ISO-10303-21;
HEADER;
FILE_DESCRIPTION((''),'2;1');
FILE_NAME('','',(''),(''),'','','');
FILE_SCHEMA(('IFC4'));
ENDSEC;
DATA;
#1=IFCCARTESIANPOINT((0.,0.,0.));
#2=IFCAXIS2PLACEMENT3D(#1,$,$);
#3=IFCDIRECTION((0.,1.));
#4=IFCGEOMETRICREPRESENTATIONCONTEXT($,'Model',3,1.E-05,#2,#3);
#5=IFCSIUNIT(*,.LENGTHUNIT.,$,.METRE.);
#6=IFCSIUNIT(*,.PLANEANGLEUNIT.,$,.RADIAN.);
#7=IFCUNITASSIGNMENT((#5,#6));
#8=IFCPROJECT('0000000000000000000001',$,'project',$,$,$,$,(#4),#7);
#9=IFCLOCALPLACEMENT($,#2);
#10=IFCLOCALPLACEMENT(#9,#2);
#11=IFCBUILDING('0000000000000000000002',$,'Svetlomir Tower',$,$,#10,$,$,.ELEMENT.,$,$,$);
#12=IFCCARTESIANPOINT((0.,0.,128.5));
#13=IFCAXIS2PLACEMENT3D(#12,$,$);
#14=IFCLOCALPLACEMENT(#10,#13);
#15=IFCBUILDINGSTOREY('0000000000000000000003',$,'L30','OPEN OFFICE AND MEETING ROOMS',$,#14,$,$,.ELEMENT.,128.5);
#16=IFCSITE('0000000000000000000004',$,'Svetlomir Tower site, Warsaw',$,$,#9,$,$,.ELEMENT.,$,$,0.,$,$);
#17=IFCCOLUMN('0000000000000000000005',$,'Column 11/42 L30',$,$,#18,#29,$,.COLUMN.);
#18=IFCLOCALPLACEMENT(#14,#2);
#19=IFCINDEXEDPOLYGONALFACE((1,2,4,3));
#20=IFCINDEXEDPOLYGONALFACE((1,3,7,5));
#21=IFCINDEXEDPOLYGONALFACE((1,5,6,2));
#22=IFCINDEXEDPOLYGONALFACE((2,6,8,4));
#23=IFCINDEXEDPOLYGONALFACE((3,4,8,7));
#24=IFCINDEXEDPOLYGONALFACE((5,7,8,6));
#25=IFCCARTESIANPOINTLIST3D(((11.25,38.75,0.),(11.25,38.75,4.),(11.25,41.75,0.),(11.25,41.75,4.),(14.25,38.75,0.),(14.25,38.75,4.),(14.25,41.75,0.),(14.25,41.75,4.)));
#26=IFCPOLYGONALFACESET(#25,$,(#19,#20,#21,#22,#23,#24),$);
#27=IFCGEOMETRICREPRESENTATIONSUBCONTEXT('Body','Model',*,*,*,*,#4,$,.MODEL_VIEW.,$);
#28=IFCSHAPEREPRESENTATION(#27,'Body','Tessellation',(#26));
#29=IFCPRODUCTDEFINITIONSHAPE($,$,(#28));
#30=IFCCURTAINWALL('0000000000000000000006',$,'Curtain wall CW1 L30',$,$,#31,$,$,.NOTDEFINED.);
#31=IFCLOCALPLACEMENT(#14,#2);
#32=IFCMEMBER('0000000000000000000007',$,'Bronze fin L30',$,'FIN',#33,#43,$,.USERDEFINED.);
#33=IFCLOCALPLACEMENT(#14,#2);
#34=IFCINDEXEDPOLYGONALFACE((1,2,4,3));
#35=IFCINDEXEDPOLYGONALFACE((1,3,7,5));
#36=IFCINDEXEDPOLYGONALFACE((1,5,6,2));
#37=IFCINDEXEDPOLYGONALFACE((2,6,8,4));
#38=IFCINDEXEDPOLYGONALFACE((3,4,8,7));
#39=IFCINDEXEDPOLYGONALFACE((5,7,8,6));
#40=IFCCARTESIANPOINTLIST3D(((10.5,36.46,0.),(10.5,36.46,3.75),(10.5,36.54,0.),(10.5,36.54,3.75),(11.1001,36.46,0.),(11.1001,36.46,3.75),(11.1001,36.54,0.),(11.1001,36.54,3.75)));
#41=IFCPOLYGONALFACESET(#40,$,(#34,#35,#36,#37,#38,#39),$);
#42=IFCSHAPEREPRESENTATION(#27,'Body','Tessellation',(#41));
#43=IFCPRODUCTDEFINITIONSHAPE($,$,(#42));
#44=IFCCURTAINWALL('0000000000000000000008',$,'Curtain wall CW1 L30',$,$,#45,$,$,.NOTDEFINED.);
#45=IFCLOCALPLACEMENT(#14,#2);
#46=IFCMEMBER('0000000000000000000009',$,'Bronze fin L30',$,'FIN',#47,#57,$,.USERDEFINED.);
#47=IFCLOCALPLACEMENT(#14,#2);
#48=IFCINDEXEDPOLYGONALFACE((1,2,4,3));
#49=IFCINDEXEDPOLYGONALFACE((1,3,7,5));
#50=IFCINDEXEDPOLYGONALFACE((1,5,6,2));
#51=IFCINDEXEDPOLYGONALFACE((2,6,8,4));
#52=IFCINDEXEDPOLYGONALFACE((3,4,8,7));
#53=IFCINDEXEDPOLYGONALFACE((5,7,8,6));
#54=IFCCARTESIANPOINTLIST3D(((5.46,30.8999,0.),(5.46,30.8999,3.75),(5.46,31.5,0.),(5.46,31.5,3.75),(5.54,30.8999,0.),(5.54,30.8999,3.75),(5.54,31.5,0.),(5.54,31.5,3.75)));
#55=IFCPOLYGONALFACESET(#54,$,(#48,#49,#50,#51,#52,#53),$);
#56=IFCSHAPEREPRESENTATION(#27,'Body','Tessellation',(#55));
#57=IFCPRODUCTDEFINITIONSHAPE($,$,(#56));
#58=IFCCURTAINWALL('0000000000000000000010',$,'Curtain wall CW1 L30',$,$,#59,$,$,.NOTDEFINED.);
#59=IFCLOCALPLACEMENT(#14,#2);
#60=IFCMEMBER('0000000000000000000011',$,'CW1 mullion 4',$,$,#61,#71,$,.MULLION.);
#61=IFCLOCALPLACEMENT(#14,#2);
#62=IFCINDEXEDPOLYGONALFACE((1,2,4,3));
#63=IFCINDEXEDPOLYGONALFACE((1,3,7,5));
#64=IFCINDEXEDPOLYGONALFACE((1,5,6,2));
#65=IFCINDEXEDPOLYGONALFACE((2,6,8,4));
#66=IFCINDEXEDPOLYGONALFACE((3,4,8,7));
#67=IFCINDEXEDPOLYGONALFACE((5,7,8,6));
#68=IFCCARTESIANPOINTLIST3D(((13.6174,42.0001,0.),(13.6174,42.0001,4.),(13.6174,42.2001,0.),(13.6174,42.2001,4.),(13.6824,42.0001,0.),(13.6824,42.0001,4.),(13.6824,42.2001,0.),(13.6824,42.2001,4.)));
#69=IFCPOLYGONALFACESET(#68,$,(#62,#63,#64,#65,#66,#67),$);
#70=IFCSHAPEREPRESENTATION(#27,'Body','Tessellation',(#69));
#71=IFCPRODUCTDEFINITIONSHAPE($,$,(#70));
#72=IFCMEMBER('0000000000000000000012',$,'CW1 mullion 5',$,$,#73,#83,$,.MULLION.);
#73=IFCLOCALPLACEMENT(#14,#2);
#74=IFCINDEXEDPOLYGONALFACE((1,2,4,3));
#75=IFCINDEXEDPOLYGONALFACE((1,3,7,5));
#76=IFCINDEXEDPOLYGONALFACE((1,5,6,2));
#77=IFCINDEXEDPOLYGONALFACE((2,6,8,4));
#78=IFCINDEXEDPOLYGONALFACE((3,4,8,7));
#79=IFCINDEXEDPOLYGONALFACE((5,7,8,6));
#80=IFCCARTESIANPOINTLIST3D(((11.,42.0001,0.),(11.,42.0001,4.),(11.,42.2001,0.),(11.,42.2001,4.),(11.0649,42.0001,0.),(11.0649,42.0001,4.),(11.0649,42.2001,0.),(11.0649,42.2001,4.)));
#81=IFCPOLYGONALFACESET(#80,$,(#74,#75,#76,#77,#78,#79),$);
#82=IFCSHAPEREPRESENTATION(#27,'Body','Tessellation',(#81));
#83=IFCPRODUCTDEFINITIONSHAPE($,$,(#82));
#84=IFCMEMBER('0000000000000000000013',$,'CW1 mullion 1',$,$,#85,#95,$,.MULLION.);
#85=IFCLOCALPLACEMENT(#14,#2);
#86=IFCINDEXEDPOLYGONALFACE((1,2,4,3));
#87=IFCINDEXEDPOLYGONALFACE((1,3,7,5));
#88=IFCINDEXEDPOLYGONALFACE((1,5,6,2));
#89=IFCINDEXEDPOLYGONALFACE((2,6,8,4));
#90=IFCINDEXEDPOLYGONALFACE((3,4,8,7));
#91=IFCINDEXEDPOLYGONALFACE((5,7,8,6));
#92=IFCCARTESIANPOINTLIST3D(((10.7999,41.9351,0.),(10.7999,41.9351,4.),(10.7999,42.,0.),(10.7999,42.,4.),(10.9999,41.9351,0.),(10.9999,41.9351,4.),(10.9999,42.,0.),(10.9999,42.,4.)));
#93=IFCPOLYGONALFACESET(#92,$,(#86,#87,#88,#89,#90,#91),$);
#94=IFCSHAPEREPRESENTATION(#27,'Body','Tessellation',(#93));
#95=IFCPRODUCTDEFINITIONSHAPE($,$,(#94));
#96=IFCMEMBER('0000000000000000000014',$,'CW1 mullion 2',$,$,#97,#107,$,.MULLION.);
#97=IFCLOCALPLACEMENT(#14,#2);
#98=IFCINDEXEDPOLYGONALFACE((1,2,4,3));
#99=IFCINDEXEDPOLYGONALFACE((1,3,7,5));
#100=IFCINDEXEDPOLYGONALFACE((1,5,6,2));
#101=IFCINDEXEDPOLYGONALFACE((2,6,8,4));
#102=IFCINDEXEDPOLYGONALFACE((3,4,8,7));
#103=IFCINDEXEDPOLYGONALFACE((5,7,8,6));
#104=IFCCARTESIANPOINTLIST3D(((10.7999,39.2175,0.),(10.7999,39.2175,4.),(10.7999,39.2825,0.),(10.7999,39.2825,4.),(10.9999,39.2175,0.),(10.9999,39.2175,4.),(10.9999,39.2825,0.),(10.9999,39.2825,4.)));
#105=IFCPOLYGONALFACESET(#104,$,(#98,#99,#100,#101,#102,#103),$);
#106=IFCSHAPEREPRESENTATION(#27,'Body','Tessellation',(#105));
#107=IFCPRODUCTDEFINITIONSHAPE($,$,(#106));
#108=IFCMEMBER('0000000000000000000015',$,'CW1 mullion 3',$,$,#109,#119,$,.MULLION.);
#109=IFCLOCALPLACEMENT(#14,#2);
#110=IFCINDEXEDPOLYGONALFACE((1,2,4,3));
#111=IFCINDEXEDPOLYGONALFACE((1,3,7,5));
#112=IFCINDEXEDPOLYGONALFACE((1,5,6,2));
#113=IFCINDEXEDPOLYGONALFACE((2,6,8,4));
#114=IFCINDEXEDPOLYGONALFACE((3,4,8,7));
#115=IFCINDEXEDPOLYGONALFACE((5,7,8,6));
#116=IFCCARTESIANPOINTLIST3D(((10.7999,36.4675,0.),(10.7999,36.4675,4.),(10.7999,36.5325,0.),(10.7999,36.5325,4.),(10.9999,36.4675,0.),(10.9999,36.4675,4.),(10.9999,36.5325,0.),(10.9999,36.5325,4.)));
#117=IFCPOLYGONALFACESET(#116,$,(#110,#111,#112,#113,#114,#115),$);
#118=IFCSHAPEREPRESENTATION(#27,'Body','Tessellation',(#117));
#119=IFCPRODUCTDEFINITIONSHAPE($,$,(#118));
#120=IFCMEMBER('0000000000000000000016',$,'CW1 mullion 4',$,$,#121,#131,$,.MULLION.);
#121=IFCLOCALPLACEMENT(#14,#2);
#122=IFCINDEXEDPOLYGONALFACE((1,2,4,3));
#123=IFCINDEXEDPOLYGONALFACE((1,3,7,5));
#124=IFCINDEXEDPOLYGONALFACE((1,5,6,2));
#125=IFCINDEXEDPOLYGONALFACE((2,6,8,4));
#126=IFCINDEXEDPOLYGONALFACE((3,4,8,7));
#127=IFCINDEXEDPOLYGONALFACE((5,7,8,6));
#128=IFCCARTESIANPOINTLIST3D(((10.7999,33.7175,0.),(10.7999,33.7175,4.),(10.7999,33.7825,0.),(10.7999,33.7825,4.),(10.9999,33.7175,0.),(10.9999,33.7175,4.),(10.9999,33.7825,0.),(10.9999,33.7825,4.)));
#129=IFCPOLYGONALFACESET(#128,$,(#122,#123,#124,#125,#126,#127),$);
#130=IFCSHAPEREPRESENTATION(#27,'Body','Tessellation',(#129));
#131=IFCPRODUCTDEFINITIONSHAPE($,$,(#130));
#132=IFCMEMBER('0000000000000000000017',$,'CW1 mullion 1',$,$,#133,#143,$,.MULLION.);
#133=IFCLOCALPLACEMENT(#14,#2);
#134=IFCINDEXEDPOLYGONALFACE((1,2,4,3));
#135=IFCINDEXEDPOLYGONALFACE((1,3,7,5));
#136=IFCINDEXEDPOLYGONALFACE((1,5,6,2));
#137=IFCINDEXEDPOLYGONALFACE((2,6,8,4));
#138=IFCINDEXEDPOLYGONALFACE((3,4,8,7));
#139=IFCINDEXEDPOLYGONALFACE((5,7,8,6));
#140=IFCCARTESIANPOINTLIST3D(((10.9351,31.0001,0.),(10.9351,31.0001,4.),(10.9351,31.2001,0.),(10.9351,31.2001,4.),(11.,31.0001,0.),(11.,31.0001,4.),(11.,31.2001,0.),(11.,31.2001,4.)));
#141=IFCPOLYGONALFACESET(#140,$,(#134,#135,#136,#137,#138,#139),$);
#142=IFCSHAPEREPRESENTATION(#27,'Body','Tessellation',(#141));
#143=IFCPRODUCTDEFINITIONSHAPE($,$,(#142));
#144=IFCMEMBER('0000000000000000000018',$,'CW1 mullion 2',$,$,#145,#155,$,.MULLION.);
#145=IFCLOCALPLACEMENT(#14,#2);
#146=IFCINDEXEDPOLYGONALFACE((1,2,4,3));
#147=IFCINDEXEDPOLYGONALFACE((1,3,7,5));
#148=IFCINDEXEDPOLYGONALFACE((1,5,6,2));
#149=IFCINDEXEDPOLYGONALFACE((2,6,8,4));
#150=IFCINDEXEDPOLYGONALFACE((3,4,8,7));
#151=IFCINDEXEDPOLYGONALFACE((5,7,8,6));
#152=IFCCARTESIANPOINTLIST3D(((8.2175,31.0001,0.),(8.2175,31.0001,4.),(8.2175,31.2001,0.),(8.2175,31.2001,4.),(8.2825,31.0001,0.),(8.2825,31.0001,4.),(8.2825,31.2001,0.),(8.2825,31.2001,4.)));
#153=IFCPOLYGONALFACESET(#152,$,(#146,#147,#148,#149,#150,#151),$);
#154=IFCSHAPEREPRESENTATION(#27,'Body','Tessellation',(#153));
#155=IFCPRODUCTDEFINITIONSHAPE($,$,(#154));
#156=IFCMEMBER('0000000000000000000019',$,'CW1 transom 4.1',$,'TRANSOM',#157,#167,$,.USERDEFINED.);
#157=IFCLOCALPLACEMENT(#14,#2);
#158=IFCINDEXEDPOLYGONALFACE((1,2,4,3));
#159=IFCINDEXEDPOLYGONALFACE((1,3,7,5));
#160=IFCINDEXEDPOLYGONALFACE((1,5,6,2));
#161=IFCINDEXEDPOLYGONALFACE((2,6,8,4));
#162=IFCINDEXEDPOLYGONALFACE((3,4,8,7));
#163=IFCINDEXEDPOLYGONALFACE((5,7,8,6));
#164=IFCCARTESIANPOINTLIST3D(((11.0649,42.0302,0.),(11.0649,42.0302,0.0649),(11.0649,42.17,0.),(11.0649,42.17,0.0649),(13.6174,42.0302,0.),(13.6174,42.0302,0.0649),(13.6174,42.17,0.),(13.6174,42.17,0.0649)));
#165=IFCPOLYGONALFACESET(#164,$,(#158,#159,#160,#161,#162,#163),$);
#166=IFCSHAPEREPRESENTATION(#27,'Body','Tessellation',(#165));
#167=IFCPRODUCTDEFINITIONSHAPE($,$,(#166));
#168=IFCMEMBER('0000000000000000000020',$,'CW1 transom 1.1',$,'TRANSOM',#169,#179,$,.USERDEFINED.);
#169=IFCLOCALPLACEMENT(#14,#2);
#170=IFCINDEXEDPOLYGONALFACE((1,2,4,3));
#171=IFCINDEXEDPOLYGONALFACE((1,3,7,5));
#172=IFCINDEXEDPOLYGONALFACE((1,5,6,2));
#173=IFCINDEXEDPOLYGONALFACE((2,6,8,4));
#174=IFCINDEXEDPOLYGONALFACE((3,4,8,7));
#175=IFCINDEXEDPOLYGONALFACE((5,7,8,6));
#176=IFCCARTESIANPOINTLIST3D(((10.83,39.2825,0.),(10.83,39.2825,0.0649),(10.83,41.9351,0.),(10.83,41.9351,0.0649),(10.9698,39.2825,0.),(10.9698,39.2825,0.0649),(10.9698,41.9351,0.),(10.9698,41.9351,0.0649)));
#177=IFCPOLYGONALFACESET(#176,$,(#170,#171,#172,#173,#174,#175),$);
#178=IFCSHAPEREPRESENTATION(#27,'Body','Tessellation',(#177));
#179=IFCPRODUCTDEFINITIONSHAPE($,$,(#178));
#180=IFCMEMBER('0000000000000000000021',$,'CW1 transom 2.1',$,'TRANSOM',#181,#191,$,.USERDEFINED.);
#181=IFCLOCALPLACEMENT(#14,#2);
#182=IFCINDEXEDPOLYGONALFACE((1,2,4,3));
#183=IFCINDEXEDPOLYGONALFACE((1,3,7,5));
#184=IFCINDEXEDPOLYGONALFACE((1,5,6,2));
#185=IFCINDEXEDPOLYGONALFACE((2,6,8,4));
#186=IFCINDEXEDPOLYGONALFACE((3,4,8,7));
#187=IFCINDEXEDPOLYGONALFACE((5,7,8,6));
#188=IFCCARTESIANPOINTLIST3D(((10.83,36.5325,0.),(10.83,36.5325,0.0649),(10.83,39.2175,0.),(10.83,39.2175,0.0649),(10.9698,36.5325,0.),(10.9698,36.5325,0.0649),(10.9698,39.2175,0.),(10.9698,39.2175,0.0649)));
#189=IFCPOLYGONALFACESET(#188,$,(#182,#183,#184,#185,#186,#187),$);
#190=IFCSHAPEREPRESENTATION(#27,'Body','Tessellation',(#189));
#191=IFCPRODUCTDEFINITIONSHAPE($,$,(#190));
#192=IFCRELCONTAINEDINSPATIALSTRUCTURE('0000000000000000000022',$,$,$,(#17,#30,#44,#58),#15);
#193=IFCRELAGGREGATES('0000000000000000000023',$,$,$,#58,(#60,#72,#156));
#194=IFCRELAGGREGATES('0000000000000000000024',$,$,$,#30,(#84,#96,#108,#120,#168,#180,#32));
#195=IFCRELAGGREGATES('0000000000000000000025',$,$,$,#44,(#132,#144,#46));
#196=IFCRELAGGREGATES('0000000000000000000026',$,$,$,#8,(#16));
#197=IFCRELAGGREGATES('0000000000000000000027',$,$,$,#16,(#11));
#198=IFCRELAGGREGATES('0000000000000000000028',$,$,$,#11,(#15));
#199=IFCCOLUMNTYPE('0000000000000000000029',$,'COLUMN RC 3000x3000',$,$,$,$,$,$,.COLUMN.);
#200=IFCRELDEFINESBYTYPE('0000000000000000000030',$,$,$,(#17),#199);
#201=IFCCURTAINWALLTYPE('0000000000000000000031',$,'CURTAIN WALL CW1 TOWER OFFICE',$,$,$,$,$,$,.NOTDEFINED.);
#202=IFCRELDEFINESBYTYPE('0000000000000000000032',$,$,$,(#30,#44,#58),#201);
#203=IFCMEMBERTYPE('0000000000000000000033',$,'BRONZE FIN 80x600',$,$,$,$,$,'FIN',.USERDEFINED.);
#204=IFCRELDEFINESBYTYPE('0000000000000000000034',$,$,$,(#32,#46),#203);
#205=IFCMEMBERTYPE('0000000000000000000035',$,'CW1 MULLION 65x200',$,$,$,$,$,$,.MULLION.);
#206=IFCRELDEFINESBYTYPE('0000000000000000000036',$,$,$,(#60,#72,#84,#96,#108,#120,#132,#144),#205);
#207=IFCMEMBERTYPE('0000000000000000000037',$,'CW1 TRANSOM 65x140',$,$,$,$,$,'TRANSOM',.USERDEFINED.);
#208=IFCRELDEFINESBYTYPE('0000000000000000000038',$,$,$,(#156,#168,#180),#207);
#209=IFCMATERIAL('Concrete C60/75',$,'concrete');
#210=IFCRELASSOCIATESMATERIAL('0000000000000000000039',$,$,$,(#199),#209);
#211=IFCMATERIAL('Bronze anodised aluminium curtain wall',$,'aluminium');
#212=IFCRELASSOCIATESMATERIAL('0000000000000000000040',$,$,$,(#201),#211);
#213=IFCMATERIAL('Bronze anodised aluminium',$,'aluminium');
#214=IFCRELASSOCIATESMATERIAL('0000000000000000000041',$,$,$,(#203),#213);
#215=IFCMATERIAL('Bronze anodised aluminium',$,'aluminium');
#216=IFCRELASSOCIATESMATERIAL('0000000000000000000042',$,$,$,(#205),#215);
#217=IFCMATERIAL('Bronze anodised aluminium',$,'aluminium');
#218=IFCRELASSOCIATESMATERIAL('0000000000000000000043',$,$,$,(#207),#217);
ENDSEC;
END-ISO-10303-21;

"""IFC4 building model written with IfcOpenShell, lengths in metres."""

from ifc_helpers import new_model, si_unit, direction, frame, origin, origin_2d, place, context, subcontext, project, spatial, rectangle, extrude, material, material_profile, profile_set, type_object, element, aggregate, save


model = new_model("IFC4")

# Units and contexts
model_context = context("Model", 3, precision=1e-05, world=origin(), true_north=direction((0.0, 1.0)))
body_context = subcontext(model_context, "Body", "Model", "MODEL_VIEW")
ifc_project = project(units=[si_unit("LENGTHUNIT", "METRE"), si_unit("PLANEANGLEUNIT", "RADIAN")], contexts=[model_context])

# Site, building, storey
site_placement = place(None, origin())
site = spatial("IfcSite", under=ifc_project, at=site_placement, Name="Svetlomir Tower site, Warsaw", CompositionType="ELEMENT", RefElevation=0.0)
building_placement = place(site_placement, origin())
building = spatial("IfcBuilding", under=site, at=building_placement, Name="Svetlomir Tower", CompositionType="ELEMENT")
storey_placement = place(building_placement, frame((0.0, 0.0, 128.5)))
storey = spatial("IfcBuildingStorey", under=building, at=storey_placement, Name="L30", Description="OPEN OFFICE AND MEETING ROOMS", CompositionType="ELEMENT", Elevation=128.5)

# Column
ifc_material_1 = material(Name="Concrete C60/75", Category="concrete")
ifc_material_profile_1 = material_profile(ifc_material_1, rectangle(XDim=3.0, YDim=3.0, at=origin_2d()), Name="RC 3000x3000")
ifc_profile_set_1 = profile_set([ifc_material_profile_1], Name="Concrete C60/75")
column_type = type_object("IfcColumnType", Name="COLUMN RC 3000x3000", PredefinedType="COLUMN", material=ifc_profile_set_1)
column_placement = place(storey_placement, frame((12.75, 40.25, 0.0), z_axis=(0.0, 0.0, 1.0), x_axis=(1.0, 0.0, 0.0)))
element("IfcColumn", 1, at=column_placement, inside=storey, type_object=column_type, Name="Column 11/42 L30", PredefinedType="COLUMN", context=body_context, shape_type="SweptSolid", body=[
    extrude(rectangle(XDim=3.0, YDim=3.0, at=origin_2d()), origin(), (0.0, 0.0, 1.0), 4.0),
])

# Curtain walls, members
ifc_material_2 = material(Name="Bronze anodised aluminium curtain wall", Category="aluminium")
curtain_wall_type = type_object("IfcCurtainWallType", Name="CURTAIN WALL CW1 TOWER OFFICE", PredefinedType="NOTDEFINED", material=ifc_material_2)
curtain_wall_1_placement = place(storey_placement, origin())
curtain_wall_1 = element("IfcCurtainWall", 2, at=curtain_wall_1_placement, inside=storey, type_object=curtain_wall_type, Name="Curtain wall CW1 L30", PredefinedType="NOTDEFINED")
ifc_material_3 = material(Name="Bronze anodised aluminium", Category="aluminium")
ifc_material_profile_2 = material_profile(ifc_material_3, rectangle(XDim=0.0801, YDim=0.6001, at=origin_2d()), Name="FIN 80x600")
ifc_profile_set_2 = profile_set([ifc_material_profile_2], Name="Bronze anodised aluminium 6063-T6")
member_type_1 = type_object("IfcMemberType", Name="BRONZE FIN 80x600", ElementType="FIN", PredefinedType="USERDEFINED", material=ifc_profile_set_2)
member_1_placement = place(storey_placement, frame((10.8, 36.5, 0.0), z_axis=(0.0, 0.0, 1.0), x_axis=(0.0, 1.0, 0.0)))
member_1 = element("IfcMember", 3, at=member_1_placement, type_object=member_type_1, Name="Bronze fin L30", ObjectType="FIN", PredefinedType="USERDEFINED", context=body_context, shape_type="SweptSolid", body=[
    extrude(rectangle(XDim=0.0801, YDim=0.6001, at=origin_2d()), origin(), (0.0, 0.0, 1.0), 3.75),
])
curtain_wall_2_placement = place(storey_placement, origin())
curtain_wall_2 = element("IfcCurtainWall", 4, at=curtain_wall_2_placement, inside=storey, type_object=curtain_wall_type, Name="Curtain wall CW1 L30", PredefinedType="NOTDEFINED")
member_2_placement = place(storey_placement, frame((5.5, 31.2, 0.0), z_axis=(0.0, 0.0, 1.0), x_axis=(1.0, 0.0, 0.0)))
member_2 = element("IfcMember", 5, at=member_2_placement, type_object=member_type_1, Name="Bronze fin L30", ObjectType="FIN", PredefinedType="USERDEFINED", context=body_context, shape_type="SweptSolid", body=[
    extrude(rectangle(XDim=0.0801, YDim=0.6001, at=origin_2d()), origin(), (0.0, 0.0, 1.0), 3.75),
])

# Curtain wall, members
curtain_wall_3_placement = place(storey_placement, origin())
curtain_wall_3 = element("IfcCurtainWall", 6, at=curtain_wall_3_placement, inside=storey, type_object=curtain_wall_type, Name="Curtain wall CW1 L30", PredefinedType="NOTDEFINED")
ifc_material_4 = material(Name="Bronze anodised aluminium", Category="aluminium")
ifc_material_profile_3 = material_profile(ifc_material_4, rectangle(XDim=0.0649, YDim=0.2, at=origin_2d()), Name="AL 65x200")
ifc_profile_set_3 = profile_set([ifc_material_profile_3], Name="Bronze anodised aluminium 6063-T6")
member_type_2 = type_object("IfcMemberType", Name="CW1 MULLION 65x200", PredefinedType="MULLION", material=ifc_profile_set_3)
member_3_placement = place(storey_placement, frame((13.6499, 42.1001, 0.0), z_axis=(0.0, 0.0, 1.0), x_axis=(-1.0, 0.0, 0.0)))
member_3 = element("IfcMember", 7, at=member_3_placement, type_object=member_type_2, Name="CW1 mullion 4", PredefinedType="MULLION", context=body_context, shape_type="SweptSolid", body=[
    extrude(rectangle(XDim=0.0649, YDim=0.2, at=origin_2d()), origin(), (0.0, 0.0, 1.0), 4.0),
])
member_4_placement = place(storey_placement, frame((11.0325, 42.1001, 0.0), z_axis=(0.0, 0.0, 1.0), x_axis=(-1.0, 0.0, 0.0)))
member_4 = element("IfcMember", 8, at=member_4_placement, type_object=member_type_2, Name="CW1 mullion 5", PredefinedType="MULLION", context=body_context, shape_type="SweptSolid", body=[
    extrude(rectangle(XDim=0.0649, YDim=0.2, at=origin_2d()), origin(), (0.0, 0.0, 1.0), 4.0),
])

# Members
member_5_placement = place(storey_placement, frame((10.8999, 41.9675, 0.0), z_axis=(0.0, 0.0, 1.0), x_axis=(0.0, -1.0, 0.0)))
member_5 = element("IfcMember", 9, at=member_5_placement, type_object=member_type_2, Name="CW1 mullion 1", PredefinedType="MULLION", context=body_context, shape_type="SweptSolid", body=[
    extrude(rectangle(XDim=0.0649, YDim=0.2, at=origin_2d()), origin(), (0.0, 0.0, 1.0), 4.0),
])
member_6_placement = place(storey_placement, frame((10.8999, 39.25, 0.0), z_axis=(0.0, 0.0, 1.0), x_axis=(0.0, -1.0, 0.0)))
member_6 = element("IfcMember", 10, at=member_6_placement, type_object=member_type_2, Name="CW1 mullion 2", PredefinedType="MULLION", context=body_context, shape_type="SweptSolid", body=[
    extrude(rectangle(XDim=0.0649, YDim=0.2, at=origin_2d()), origin(), (0.0, 0.0, 1.0), 4.0),
])
member_7_placement = place(storey_placement, frame((10.8999, 36.5, 0.0), z_axis=(0.0, 0.0, 1.0), x_axis=(0.0, -1.0, 0.0)))
member_7 = element("IfcMember", 11, at=member_7_placement, type_object=member_type_2, Name="CW1 mullion 3", PredefinedType="MULLION", context=body_context, shape_type="SweptSolid", body=[
    extrude(rectangle(XDim=0.0649, YDim=0.2, at=origin_2d()), origin(), (0.0, 0.0, 1.0), 4.0),
])
member_8_placement = place(storey_placement, frame((10.8999, 33.75, 0.0), z_axis=(0.0, 0.0, 1.0), x_axis=(0.0, -1.0, 0.0)))
member_8 = element("IfcMember", 12, at=member_8_placement, type_object=member_type_2, Name="CW1 mullion 4", PredefinedType="MULLION", context=body_context, shape_type="SweptSolid", body=[
    extrude(rectangle(XDim=0.0649, YDim=0.2, at=origin_2d()), origin(), (0.0, 0.0, 1.0), 4.0),
])
member_9_placement = place(storey_placement, frame((10.9675, 31.1001, 0.0), z_axis=(0.0, 0.0, 1.0), x_axis=(-1.0, 0.0, 0.0)))
member_9 = element("IfcMember", 13, at=member_9_placement, type_object=member_type_2, Name="CW1 mullion 1", PredefinedType="MULLION", context=body_context, shape_type="SweptSolid", body=[
    extrude(rectangle(XDim=0.0649, YDim=0.2, at=origin_2d()), origin(), (0.0, 0.0, 1.0), 4.0),
])
member_10_placement = place(storey_placement, frame((8.25, 31.1001, 0.0), z_axis=(0.0, 0.0, 1.0), x_axis=(-1.0, 0.0, 0.0)))
member_10 = element("IfcMember", 14, at=member_10_placement, type_object=member_type_2, Name="CW1 mullion 2", PredefinedType="MULLION", context=body_context, shape_type="SweptSolid", body=[
    extrude(rectangle(XDim=0.0649, YDim=0.2, at=origin_2d()), origin(), (0.0, 0.0, 1.0), 4.0),
])
ifc_material_5 = material(Name="Bronze anodised aluminium", Category="aluminium")
ifc_material_profile_4 = material_profile(ifc_material_5, rectangle(XDim=0.1399, YDim=0.0649, at=origin_2d()), Name="AL 140x65")
ifc_profile_set_4 = profile_set([ifc_material_profile_4], Name="Bronze anodised aluminium 6063-T6")
member_type_3 = type_object("IfcMemberType", Name="CW1 TRANSOM 65x140", ElementType="TRANSOM", PredefinedType="USERDEFINED", material=ifc_profile_set_4)
member_11_placement = place(storey_placement, frame((13.6174, 42.1001, 0.0325), z_axis=(-1.0, 0.0, 0.0), x_axis=(0.0, -1.0, 0.0)))
member_11 = element("IfcMember", 15, at=member_11_placement, type_object=member_type_3, Name="CW1 transom 4.1", ObjectType="TRANSOM", PredefinedType="USERDEFINED", context=body_context, shape_type="SweptSolid", body=[
    extrude(rectangle(XDim=0.1399, YDim=0.0649, at=origin_2d()), origin(), (0.0, 0.0, 1.0), 2.5525),
])
member_12_placement = place(storey_placement, frame((10.8999, 41.9351, 0.0325), z_axis=(0.0, -1.0, 0.0), x_axis=(1.0, 0.0, 0.0)))
member_12 = element("IfcMember", 16, at=member_12_placement, type_object=member_type_3, Name="CW1 transom 1.1", ObjectType="TRANSOM", PredefinedType="USERDEFINED", context=body_context, shape_type="SweptSolid", body=[
    extrude(rectangle(XDim=0.1399, YDim=0.0649, at=origin_2d()), origin(), (0.0, 0.0, 1.0), 2.6526),
])
member_13_placement = place(storey_placement, frame((10.8999, 39.2175, 0.0325), z_axis=(0.0, -1.0, 0.0), x_axis=(1.0, 0.0, 0.0)))
member_13 = element("IfcMember", 17, at=member_13_placement, type_object=member_type_3, Name="CW1 transom 2.1", ObjectType="TRANSOM", PredefinedType="USERDEFINED", context=body_context, shape_type="SweptSolid", body=[
    extrude(rectangle(XDim=0.1399, YDim=0.0649, at=origin_2d()), origin(), (0.0, 0.0, 1.0), 2.6851),
])

aggregate(curtain_wall_3, [member_3, member_4, member_11])
aggregate(curtain_wall_1, [member_5, member_6, member_7, member_8, member_12, member_13, member_1])
aggregate(curtain_wall_2, [member_9, member_10, member_2])

save(model, "model.ifc")
